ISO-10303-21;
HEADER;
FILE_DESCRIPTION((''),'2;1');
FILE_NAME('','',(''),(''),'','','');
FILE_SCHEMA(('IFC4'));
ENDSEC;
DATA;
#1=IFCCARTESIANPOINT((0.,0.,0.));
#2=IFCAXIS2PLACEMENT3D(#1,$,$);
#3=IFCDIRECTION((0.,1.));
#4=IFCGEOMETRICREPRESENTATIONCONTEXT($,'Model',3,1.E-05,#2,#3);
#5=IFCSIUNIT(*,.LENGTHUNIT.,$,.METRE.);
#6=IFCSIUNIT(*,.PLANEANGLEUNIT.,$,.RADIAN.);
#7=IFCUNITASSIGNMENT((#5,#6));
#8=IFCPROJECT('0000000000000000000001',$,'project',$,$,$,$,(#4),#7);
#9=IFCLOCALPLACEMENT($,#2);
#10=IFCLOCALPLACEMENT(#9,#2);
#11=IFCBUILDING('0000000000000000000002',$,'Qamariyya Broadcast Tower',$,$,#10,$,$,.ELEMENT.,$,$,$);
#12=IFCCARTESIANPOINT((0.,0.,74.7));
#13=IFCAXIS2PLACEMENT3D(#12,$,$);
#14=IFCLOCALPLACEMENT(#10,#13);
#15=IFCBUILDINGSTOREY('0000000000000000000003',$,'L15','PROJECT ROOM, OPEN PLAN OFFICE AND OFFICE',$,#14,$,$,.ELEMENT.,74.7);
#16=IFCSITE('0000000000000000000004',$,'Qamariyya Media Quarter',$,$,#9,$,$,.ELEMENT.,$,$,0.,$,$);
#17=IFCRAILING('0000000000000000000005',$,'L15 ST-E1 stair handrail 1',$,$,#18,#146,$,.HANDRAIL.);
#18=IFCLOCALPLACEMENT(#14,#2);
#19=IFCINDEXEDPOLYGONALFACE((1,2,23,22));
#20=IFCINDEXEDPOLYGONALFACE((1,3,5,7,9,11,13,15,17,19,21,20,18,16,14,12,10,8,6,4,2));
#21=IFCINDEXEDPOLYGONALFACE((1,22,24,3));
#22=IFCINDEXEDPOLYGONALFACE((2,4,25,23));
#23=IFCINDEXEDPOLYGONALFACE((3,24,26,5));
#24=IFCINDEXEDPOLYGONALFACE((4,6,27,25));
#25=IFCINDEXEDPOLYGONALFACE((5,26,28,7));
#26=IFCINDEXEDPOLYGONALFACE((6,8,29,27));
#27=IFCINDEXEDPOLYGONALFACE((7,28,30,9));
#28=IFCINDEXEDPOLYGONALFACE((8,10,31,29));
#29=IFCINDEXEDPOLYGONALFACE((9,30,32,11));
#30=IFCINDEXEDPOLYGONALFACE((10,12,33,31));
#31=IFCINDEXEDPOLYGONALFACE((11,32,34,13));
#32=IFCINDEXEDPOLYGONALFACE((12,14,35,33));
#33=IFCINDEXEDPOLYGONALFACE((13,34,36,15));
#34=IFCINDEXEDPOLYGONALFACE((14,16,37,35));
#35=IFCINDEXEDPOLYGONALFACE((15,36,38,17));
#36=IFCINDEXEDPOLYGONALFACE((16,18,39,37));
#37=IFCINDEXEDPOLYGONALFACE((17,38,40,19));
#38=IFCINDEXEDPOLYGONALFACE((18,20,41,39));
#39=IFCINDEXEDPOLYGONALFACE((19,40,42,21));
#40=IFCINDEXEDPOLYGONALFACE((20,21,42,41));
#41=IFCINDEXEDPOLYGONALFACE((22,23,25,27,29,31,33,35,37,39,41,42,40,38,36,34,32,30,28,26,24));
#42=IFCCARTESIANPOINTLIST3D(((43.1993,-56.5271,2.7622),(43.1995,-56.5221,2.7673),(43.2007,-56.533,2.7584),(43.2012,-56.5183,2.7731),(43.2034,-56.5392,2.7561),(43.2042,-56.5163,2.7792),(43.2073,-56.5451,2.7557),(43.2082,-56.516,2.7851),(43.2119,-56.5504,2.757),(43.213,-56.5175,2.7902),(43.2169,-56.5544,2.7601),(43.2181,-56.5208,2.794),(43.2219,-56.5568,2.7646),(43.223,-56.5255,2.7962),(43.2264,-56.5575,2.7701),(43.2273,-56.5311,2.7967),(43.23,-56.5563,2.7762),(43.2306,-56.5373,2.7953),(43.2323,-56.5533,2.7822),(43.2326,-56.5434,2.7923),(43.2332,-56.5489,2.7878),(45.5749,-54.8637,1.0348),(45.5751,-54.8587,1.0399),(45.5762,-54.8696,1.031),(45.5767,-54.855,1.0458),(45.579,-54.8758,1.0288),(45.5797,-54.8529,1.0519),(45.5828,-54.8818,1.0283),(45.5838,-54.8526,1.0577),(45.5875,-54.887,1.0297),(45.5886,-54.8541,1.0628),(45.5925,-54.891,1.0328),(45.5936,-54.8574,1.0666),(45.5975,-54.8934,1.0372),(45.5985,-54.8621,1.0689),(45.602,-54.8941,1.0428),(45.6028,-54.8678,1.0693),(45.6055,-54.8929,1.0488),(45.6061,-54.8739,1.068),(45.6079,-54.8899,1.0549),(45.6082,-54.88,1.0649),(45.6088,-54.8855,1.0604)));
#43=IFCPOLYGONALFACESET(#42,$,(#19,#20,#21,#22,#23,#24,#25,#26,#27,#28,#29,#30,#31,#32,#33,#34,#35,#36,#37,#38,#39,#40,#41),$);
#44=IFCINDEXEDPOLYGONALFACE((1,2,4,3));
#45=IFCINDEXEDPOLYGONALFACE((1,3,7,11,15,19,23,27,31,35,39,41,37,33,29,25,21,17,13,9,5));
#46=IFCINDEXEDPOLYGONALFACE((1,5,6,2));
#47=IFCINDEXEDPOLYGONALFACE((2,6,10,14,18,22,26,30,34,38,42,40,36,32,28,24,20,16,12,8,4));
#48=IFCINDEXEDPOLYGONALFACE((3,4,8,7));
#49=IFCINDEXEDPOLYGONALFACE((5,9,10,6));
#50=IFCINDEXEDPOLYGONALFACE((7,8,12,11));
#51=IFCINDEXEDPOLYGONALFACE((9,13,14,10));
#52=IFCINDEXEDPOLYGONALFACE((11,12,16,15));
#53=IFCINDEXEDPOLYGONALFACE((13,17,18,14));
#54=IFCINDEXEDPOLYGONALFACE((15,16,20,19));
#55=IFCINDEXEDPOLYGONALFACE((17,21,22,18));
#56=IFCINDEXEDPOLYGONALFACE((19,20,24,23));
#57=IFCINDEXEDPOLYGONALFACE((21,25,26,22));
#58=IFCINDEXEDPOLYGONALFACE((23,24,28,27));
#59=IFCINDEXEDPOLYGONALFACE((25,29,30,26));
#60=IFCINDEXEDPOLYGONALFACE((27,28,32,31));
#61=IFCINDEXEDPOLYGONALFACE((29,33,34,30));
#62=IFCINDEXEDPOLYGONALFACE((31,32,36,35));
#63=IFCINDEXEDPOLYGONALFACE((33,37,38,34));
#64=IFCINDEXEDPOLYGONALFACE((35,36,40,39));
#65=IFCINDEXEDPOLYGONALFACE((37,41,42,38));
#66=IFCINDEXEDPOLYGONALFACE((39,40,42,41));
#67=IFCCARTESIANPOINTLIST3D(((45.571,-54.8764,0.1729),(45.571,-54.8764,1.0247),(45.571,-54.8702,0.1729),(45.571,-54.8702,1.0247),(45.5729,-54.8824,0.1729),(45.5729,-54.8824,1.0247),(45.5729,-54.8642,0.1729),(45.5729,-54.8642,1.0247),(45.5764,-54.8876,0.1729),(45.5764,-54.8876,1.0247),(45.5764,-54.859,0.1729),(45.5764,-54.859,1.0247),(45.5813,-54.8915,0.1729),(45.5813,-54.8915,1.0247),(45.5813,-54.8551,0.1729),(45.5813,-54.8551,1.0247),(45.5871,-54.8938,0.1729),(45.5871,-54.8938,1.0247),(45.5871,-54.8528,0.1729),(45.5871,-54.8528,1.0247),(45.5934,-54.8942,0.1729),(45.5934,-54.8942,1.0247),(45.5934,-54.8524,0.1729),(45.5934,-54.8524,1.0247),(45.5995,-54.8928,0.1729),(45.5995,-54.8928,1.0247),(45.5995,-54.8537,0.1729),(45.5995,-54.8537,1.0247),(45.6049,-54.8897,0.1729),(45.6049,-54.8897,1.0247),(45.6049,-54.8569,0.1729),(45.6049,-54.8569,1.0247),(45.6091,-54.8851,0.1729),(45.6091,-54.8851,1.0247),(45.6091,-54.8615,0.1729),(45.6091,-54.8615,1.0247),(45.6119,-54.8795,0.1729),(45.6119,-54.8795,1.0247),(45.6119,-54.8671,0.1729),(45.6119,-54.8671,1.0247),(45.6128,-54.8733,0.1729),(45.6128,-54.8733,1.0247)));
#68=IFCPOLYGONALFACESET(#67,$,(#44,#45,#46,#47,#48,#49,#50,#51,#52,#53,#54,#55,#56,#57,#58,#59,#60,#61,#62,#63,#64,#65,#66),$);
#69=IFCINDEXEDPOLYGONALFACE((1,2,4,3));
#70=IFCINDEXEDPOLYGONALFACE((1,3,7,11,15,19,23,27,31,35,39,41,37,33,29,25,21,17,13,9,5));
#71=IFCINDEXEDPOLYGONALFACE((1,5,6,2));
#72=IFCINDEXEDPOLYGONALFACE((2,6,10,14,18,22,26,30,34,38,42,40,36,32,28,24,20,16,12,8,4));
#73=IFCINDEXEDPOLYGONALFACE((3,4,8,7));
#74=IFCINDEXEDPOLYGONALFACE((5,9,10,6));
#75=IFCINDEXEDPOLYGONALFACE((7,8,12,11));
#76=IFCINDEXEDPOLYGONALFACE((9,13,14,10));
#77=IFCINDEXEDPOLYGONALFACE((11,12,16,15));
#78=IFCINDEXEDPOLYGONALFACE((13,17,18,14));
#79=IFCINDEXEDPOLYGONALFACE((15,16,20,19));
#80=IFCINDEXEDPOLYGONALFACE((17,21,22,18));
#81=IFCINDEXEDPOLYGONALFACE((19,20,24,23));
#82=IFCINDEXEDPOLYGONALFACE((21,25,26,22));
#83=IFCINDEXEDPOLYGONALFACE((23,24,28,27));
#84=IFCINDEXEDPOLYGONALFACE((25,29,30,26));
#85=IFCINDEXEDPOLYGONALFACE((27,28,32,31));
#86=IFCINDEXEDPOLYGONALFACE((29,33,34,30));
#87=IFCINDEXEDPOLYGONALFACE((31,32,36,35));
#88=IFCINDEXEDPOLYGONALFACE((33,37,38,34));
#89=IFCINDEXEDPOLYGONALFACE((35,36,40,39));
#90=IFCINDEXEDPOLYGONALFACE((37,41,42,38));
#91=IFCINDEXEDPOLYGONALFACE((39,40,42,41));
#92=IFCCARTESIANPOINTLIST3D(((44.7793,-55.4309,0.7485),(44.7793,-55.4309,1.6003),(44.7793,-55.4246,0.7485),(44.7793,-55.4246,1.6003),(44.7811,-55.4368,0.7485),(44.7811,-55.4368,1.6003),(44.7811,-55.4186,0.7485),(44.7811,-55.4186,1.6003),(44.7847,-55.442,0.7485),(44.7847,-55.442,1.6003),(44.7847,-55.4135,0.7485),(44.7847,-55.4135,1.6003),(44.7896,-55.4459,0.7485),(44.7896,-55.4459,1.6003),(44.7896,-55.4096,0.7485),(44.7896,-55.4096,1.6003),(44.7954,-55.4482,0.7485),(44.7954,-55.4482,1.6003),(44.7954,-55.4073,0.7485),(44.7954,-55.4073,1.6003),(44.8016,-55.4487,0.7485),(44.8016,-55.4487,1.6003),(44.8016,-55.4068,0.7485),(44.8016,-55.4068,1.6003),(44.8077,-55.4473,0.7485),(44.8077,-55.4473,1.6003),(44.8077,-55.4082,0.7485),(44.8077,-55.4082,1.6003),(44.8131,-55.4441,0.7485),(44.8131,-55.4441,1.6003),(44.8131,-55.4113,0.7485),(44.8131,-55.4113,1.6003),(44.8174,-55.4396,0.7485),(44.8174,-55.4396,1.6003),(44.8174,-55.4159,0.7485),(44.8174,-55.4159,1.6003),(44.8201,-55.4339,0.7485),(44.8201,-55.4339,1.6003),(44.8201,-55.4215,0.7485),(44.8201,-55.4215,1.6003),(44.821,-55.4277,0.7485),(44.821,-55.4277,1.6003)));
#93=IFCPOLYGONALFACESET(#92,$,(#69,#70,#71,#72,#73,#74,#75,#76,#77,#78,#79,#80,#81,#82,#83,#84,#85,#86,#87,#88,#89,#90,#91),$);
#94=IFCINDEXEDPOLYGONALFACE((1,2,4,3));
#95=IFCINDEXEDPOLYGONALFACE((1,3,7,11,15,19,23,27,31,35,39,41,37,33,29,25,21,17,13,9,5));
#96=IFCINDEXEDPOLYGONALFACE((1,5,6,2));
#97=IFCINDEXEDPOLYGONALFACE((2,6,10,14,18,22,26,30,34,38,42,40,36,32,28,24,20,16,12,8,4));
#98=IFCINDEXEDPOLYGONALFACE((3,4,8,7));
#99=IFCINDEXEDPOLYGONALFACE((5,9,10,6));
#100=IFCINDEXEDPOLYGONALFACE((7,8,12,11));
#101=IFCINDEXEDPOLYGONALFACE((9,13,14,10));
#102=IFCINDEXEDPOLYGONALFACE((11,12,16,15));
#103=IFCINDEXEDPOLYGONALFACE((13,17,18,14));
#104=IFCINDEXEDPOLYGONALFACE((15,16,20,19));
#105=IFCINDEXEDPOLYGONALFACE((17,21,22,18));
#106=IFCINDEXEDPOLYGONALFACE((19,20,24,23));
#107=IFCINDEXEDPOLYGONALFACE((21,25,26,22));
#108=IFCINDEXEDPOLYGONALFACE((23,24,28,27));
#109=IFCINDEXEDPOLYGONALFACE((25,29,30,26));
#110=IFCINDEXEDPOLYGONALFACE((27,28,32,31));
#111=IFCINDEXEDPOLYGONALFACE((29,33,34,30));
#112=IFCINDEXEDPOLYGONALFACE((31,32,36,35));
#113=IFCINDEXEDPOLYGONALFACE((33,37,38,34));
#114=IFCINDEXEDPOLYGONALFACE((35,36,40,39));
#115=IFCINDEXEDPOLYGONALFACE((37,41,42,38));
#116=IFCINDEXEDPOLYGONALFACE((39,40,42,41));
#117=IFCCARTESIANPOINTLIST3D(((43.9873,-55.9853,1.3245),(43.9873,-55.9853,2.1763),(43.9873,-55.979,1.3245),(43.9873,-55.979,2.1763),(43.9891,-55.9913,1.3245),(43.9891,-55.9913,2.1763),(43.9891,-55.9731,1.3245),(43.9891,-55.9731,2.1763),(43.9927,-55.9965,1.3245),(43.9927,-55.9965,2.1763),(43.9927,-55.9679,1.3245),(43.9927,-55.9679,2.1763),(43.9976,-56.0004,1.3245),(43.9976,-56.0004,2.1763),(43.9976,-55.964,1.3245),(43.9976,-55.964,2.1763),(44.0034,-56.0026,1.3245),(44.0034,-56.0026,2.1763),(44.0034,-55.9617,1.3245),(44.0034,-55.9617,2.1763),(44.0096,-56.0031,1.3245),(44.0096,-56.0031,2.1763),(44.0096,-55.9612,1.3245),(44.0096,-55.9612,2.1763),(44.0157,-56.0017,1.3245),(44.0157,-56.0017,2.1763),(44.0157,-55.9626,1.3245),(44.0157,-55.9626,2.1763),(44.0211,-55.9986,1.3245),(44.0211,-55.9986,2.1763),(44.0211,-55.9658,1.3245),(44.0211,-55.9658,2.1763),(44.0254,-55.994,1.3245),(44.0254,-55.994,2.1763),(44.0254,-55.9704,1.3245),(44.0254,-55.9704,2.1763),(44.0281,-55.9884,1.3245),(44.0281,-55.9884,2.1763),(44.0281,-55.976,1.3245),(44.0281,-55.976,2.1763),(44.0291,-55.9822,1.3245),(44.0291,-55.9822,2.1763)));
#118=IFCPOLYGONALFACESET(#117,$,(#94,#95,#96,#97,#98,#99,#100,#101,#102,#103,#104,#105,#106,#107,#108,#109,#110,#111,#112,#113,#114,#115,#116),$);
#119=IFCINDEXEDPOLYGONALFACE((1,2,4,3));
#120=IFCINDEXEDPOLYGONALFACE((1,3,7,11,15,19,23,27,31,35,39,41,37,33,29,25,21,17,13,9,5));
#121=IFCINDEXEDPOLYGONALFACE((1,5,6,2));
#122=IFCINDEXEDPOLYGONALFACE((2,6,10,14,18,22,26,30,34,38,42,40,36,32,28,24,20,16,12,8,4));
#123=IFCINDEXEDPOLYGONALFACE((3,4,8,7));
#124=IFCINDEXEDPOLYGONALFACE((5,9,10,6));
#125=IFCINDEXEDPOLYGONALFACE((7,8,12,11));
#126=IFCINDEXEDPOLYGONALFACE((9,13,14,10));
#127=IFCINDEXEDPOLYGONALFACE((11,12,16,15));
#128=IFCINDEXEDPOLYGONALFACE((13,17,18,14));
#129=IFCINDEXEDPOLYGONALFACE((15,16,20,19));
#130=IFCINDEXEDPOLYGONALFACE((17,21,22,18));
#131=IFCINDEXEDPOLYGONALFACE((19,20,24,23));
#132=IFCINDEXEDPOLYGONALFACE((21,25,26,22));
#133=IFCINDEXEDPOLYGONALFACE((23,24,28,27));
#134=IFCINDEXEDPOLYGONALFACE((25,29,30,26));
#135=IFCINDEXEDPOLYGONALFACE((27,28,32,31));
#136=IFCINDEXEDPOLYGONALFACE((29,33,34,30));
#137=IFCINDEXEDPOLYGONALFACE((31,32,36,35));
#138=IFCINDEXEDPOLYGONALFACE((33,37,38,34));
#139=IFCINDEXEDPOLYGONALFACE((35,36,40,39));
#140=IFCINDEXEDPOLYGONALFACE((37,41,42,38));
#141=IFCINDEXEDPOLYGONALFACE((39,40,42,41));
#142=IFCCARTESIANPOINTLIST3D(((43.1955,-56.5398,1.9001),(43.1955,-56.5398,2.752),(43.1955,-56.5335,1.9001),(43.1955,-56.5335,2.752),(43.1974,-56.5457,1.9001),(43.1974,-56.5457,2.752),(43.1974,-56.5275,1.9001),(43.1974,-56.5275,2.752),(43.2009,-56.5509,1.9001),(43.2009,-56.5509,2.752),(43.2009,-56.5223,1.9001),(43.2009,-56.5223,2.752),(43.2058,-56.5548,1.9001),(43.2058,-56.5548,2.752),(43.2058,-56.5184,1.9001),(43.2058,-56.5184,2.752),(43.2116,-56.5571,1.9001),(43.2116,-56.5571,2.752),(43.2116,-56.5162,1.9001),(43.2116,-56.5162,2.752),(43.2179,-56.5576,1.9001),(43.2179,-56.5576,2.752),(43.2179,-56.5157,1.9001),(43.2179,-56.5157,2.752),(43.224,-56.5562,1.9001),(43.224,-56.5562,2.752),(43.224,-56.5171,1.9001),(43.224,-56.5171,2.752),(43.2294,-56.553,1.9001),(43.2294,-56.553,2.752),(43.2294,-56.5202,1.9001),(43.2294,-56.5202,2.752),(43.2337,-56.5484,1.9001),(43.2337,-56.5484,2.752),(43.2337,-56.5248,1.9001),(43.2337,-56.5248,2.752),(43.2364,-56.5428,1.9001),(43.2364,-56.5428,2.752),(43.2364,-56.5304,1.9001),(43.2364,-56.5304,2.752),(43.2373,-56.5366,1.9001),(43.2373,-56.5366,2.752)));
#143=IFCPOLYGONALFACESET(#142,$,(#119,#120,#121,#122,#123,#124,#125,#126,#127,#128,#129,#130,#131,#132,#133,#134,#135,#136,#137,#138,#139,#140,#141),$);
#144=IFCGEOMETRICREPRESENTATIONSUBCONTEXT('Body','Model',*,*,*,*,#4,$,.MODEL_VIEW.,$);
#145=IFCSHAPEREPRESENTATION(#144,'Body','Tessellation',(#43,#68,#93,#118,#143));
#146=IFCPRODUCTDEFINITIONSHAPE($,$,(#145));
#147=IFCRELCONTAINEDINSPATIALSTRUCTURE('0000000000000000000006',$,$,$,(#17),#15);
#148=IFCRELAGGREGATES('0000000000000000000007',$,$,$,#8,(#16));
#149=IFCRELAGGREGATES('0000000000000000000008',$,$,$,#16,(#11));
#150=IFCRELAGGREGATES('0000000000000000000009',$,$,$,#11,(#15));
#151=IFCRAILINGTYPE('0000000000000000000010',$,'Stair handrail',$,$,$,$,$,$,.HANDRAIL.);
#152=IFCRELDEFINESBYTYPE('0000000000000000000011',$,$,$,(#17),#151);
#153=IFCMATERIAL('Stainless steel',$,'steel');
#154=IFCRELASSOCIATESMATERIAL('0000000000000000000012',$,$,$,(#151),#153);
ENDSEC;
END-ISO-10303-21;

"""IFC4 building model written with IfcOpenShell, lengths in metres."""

from ifc_helpers import new_model, si_unit, direction, frame, origin, origin_2d, place, context, subcontext, project, spatial, circle, extrude, material, type_object, element, save


model = new_model("IFC4")

# Units and contexts
model_context = context("Model", 3, precision=1e-05, world=origin(), true_north=direction((0.0, 1.0)))
body_context = subcontext(model_context, "Body", "Model", "MODEL_VIEW")
ifc_project = project(units=[si_unit("LENGTHUNIT", "METRE"), si_unit("PLANEANGLEUNIT", "RADIAN")], contexts=[model_context])

# Site, building, storey
site_placement = place(None, origin())
site = spatial("IfcSite", under=ifc_project, at=site_placement, Name="Qamariyya Media Quarter", CompositionType="ELEMENT", RefElevation=0.0)
building_placement = place(site_placement, origin())
building = spatial("IfcBuilding", under=site, at=building_placement, Name="Qamariyya Broadcast Tower", CompositionType="ELEMENT")
storey_placement = place(building_placement, frame((0.0, 0.0, 74.7)))
storey = spatial("IfcBuildingStorey", under=building, at=storey_placement, Name="L15", Description="PROJECT ROOM, OPEN PLAN OFFICE AND OFFICE", CompositionType="ELEMENT", Elevation=74.7)

# Railing
ifc_material_1 = material(Name="Stainless steel", Category="steel")
railing_type_1 = type_object("IfcRailingType", Name="Stair handrail", PredefinedType="HANDRAIL", material=ifc_material_1)
railing_1_placement = place(storey_placement, frame((45.5918, -54.8733, 0.1729)))
element("IfcRailing", 1, at=railing_1_placement, inside=storey, type_object=railing_type_1, Name="L15 ST-E1 stair handrail 1", PredefinedType="HANDRAIL", context=body_context, shape_type="SweptSolid", body=[
    extrude(circle(Radius=0.0239, at=origin_2d()), frame((0.0, 0.0, 0.876), z_axis=(-0.70377, -0.492784, 0.511734), x_axis=(0.573575, -0.819153, 0.0)), (0.0, 0.0, 1.0), 3.3755),
    extrude(circle(Radius=0.021, at=origin_2d()), origin(), (0.0, 0.0, 1.0), 0.8518),
    extrude(circle(Radius=0.021, at=origin_2d()), frame((-0.7917, -0.5544, 0.5757)), (0.0, 0.0, 1.0), 0.8518),
    extrude(circle(Radius=0.021, at=origin_2d()), frame((-1.5837, -1.1089, 1.1516)), (0.0, 0.0, 1.0), 0.8518),
    extrude(circle(Radius=0.021, at=origin_2d()), frame((-2.3755, -1.6633, 1.7273)), (0.0, 0.0, 1.0), 0.8518),
])

save(model, "model.ifc")
